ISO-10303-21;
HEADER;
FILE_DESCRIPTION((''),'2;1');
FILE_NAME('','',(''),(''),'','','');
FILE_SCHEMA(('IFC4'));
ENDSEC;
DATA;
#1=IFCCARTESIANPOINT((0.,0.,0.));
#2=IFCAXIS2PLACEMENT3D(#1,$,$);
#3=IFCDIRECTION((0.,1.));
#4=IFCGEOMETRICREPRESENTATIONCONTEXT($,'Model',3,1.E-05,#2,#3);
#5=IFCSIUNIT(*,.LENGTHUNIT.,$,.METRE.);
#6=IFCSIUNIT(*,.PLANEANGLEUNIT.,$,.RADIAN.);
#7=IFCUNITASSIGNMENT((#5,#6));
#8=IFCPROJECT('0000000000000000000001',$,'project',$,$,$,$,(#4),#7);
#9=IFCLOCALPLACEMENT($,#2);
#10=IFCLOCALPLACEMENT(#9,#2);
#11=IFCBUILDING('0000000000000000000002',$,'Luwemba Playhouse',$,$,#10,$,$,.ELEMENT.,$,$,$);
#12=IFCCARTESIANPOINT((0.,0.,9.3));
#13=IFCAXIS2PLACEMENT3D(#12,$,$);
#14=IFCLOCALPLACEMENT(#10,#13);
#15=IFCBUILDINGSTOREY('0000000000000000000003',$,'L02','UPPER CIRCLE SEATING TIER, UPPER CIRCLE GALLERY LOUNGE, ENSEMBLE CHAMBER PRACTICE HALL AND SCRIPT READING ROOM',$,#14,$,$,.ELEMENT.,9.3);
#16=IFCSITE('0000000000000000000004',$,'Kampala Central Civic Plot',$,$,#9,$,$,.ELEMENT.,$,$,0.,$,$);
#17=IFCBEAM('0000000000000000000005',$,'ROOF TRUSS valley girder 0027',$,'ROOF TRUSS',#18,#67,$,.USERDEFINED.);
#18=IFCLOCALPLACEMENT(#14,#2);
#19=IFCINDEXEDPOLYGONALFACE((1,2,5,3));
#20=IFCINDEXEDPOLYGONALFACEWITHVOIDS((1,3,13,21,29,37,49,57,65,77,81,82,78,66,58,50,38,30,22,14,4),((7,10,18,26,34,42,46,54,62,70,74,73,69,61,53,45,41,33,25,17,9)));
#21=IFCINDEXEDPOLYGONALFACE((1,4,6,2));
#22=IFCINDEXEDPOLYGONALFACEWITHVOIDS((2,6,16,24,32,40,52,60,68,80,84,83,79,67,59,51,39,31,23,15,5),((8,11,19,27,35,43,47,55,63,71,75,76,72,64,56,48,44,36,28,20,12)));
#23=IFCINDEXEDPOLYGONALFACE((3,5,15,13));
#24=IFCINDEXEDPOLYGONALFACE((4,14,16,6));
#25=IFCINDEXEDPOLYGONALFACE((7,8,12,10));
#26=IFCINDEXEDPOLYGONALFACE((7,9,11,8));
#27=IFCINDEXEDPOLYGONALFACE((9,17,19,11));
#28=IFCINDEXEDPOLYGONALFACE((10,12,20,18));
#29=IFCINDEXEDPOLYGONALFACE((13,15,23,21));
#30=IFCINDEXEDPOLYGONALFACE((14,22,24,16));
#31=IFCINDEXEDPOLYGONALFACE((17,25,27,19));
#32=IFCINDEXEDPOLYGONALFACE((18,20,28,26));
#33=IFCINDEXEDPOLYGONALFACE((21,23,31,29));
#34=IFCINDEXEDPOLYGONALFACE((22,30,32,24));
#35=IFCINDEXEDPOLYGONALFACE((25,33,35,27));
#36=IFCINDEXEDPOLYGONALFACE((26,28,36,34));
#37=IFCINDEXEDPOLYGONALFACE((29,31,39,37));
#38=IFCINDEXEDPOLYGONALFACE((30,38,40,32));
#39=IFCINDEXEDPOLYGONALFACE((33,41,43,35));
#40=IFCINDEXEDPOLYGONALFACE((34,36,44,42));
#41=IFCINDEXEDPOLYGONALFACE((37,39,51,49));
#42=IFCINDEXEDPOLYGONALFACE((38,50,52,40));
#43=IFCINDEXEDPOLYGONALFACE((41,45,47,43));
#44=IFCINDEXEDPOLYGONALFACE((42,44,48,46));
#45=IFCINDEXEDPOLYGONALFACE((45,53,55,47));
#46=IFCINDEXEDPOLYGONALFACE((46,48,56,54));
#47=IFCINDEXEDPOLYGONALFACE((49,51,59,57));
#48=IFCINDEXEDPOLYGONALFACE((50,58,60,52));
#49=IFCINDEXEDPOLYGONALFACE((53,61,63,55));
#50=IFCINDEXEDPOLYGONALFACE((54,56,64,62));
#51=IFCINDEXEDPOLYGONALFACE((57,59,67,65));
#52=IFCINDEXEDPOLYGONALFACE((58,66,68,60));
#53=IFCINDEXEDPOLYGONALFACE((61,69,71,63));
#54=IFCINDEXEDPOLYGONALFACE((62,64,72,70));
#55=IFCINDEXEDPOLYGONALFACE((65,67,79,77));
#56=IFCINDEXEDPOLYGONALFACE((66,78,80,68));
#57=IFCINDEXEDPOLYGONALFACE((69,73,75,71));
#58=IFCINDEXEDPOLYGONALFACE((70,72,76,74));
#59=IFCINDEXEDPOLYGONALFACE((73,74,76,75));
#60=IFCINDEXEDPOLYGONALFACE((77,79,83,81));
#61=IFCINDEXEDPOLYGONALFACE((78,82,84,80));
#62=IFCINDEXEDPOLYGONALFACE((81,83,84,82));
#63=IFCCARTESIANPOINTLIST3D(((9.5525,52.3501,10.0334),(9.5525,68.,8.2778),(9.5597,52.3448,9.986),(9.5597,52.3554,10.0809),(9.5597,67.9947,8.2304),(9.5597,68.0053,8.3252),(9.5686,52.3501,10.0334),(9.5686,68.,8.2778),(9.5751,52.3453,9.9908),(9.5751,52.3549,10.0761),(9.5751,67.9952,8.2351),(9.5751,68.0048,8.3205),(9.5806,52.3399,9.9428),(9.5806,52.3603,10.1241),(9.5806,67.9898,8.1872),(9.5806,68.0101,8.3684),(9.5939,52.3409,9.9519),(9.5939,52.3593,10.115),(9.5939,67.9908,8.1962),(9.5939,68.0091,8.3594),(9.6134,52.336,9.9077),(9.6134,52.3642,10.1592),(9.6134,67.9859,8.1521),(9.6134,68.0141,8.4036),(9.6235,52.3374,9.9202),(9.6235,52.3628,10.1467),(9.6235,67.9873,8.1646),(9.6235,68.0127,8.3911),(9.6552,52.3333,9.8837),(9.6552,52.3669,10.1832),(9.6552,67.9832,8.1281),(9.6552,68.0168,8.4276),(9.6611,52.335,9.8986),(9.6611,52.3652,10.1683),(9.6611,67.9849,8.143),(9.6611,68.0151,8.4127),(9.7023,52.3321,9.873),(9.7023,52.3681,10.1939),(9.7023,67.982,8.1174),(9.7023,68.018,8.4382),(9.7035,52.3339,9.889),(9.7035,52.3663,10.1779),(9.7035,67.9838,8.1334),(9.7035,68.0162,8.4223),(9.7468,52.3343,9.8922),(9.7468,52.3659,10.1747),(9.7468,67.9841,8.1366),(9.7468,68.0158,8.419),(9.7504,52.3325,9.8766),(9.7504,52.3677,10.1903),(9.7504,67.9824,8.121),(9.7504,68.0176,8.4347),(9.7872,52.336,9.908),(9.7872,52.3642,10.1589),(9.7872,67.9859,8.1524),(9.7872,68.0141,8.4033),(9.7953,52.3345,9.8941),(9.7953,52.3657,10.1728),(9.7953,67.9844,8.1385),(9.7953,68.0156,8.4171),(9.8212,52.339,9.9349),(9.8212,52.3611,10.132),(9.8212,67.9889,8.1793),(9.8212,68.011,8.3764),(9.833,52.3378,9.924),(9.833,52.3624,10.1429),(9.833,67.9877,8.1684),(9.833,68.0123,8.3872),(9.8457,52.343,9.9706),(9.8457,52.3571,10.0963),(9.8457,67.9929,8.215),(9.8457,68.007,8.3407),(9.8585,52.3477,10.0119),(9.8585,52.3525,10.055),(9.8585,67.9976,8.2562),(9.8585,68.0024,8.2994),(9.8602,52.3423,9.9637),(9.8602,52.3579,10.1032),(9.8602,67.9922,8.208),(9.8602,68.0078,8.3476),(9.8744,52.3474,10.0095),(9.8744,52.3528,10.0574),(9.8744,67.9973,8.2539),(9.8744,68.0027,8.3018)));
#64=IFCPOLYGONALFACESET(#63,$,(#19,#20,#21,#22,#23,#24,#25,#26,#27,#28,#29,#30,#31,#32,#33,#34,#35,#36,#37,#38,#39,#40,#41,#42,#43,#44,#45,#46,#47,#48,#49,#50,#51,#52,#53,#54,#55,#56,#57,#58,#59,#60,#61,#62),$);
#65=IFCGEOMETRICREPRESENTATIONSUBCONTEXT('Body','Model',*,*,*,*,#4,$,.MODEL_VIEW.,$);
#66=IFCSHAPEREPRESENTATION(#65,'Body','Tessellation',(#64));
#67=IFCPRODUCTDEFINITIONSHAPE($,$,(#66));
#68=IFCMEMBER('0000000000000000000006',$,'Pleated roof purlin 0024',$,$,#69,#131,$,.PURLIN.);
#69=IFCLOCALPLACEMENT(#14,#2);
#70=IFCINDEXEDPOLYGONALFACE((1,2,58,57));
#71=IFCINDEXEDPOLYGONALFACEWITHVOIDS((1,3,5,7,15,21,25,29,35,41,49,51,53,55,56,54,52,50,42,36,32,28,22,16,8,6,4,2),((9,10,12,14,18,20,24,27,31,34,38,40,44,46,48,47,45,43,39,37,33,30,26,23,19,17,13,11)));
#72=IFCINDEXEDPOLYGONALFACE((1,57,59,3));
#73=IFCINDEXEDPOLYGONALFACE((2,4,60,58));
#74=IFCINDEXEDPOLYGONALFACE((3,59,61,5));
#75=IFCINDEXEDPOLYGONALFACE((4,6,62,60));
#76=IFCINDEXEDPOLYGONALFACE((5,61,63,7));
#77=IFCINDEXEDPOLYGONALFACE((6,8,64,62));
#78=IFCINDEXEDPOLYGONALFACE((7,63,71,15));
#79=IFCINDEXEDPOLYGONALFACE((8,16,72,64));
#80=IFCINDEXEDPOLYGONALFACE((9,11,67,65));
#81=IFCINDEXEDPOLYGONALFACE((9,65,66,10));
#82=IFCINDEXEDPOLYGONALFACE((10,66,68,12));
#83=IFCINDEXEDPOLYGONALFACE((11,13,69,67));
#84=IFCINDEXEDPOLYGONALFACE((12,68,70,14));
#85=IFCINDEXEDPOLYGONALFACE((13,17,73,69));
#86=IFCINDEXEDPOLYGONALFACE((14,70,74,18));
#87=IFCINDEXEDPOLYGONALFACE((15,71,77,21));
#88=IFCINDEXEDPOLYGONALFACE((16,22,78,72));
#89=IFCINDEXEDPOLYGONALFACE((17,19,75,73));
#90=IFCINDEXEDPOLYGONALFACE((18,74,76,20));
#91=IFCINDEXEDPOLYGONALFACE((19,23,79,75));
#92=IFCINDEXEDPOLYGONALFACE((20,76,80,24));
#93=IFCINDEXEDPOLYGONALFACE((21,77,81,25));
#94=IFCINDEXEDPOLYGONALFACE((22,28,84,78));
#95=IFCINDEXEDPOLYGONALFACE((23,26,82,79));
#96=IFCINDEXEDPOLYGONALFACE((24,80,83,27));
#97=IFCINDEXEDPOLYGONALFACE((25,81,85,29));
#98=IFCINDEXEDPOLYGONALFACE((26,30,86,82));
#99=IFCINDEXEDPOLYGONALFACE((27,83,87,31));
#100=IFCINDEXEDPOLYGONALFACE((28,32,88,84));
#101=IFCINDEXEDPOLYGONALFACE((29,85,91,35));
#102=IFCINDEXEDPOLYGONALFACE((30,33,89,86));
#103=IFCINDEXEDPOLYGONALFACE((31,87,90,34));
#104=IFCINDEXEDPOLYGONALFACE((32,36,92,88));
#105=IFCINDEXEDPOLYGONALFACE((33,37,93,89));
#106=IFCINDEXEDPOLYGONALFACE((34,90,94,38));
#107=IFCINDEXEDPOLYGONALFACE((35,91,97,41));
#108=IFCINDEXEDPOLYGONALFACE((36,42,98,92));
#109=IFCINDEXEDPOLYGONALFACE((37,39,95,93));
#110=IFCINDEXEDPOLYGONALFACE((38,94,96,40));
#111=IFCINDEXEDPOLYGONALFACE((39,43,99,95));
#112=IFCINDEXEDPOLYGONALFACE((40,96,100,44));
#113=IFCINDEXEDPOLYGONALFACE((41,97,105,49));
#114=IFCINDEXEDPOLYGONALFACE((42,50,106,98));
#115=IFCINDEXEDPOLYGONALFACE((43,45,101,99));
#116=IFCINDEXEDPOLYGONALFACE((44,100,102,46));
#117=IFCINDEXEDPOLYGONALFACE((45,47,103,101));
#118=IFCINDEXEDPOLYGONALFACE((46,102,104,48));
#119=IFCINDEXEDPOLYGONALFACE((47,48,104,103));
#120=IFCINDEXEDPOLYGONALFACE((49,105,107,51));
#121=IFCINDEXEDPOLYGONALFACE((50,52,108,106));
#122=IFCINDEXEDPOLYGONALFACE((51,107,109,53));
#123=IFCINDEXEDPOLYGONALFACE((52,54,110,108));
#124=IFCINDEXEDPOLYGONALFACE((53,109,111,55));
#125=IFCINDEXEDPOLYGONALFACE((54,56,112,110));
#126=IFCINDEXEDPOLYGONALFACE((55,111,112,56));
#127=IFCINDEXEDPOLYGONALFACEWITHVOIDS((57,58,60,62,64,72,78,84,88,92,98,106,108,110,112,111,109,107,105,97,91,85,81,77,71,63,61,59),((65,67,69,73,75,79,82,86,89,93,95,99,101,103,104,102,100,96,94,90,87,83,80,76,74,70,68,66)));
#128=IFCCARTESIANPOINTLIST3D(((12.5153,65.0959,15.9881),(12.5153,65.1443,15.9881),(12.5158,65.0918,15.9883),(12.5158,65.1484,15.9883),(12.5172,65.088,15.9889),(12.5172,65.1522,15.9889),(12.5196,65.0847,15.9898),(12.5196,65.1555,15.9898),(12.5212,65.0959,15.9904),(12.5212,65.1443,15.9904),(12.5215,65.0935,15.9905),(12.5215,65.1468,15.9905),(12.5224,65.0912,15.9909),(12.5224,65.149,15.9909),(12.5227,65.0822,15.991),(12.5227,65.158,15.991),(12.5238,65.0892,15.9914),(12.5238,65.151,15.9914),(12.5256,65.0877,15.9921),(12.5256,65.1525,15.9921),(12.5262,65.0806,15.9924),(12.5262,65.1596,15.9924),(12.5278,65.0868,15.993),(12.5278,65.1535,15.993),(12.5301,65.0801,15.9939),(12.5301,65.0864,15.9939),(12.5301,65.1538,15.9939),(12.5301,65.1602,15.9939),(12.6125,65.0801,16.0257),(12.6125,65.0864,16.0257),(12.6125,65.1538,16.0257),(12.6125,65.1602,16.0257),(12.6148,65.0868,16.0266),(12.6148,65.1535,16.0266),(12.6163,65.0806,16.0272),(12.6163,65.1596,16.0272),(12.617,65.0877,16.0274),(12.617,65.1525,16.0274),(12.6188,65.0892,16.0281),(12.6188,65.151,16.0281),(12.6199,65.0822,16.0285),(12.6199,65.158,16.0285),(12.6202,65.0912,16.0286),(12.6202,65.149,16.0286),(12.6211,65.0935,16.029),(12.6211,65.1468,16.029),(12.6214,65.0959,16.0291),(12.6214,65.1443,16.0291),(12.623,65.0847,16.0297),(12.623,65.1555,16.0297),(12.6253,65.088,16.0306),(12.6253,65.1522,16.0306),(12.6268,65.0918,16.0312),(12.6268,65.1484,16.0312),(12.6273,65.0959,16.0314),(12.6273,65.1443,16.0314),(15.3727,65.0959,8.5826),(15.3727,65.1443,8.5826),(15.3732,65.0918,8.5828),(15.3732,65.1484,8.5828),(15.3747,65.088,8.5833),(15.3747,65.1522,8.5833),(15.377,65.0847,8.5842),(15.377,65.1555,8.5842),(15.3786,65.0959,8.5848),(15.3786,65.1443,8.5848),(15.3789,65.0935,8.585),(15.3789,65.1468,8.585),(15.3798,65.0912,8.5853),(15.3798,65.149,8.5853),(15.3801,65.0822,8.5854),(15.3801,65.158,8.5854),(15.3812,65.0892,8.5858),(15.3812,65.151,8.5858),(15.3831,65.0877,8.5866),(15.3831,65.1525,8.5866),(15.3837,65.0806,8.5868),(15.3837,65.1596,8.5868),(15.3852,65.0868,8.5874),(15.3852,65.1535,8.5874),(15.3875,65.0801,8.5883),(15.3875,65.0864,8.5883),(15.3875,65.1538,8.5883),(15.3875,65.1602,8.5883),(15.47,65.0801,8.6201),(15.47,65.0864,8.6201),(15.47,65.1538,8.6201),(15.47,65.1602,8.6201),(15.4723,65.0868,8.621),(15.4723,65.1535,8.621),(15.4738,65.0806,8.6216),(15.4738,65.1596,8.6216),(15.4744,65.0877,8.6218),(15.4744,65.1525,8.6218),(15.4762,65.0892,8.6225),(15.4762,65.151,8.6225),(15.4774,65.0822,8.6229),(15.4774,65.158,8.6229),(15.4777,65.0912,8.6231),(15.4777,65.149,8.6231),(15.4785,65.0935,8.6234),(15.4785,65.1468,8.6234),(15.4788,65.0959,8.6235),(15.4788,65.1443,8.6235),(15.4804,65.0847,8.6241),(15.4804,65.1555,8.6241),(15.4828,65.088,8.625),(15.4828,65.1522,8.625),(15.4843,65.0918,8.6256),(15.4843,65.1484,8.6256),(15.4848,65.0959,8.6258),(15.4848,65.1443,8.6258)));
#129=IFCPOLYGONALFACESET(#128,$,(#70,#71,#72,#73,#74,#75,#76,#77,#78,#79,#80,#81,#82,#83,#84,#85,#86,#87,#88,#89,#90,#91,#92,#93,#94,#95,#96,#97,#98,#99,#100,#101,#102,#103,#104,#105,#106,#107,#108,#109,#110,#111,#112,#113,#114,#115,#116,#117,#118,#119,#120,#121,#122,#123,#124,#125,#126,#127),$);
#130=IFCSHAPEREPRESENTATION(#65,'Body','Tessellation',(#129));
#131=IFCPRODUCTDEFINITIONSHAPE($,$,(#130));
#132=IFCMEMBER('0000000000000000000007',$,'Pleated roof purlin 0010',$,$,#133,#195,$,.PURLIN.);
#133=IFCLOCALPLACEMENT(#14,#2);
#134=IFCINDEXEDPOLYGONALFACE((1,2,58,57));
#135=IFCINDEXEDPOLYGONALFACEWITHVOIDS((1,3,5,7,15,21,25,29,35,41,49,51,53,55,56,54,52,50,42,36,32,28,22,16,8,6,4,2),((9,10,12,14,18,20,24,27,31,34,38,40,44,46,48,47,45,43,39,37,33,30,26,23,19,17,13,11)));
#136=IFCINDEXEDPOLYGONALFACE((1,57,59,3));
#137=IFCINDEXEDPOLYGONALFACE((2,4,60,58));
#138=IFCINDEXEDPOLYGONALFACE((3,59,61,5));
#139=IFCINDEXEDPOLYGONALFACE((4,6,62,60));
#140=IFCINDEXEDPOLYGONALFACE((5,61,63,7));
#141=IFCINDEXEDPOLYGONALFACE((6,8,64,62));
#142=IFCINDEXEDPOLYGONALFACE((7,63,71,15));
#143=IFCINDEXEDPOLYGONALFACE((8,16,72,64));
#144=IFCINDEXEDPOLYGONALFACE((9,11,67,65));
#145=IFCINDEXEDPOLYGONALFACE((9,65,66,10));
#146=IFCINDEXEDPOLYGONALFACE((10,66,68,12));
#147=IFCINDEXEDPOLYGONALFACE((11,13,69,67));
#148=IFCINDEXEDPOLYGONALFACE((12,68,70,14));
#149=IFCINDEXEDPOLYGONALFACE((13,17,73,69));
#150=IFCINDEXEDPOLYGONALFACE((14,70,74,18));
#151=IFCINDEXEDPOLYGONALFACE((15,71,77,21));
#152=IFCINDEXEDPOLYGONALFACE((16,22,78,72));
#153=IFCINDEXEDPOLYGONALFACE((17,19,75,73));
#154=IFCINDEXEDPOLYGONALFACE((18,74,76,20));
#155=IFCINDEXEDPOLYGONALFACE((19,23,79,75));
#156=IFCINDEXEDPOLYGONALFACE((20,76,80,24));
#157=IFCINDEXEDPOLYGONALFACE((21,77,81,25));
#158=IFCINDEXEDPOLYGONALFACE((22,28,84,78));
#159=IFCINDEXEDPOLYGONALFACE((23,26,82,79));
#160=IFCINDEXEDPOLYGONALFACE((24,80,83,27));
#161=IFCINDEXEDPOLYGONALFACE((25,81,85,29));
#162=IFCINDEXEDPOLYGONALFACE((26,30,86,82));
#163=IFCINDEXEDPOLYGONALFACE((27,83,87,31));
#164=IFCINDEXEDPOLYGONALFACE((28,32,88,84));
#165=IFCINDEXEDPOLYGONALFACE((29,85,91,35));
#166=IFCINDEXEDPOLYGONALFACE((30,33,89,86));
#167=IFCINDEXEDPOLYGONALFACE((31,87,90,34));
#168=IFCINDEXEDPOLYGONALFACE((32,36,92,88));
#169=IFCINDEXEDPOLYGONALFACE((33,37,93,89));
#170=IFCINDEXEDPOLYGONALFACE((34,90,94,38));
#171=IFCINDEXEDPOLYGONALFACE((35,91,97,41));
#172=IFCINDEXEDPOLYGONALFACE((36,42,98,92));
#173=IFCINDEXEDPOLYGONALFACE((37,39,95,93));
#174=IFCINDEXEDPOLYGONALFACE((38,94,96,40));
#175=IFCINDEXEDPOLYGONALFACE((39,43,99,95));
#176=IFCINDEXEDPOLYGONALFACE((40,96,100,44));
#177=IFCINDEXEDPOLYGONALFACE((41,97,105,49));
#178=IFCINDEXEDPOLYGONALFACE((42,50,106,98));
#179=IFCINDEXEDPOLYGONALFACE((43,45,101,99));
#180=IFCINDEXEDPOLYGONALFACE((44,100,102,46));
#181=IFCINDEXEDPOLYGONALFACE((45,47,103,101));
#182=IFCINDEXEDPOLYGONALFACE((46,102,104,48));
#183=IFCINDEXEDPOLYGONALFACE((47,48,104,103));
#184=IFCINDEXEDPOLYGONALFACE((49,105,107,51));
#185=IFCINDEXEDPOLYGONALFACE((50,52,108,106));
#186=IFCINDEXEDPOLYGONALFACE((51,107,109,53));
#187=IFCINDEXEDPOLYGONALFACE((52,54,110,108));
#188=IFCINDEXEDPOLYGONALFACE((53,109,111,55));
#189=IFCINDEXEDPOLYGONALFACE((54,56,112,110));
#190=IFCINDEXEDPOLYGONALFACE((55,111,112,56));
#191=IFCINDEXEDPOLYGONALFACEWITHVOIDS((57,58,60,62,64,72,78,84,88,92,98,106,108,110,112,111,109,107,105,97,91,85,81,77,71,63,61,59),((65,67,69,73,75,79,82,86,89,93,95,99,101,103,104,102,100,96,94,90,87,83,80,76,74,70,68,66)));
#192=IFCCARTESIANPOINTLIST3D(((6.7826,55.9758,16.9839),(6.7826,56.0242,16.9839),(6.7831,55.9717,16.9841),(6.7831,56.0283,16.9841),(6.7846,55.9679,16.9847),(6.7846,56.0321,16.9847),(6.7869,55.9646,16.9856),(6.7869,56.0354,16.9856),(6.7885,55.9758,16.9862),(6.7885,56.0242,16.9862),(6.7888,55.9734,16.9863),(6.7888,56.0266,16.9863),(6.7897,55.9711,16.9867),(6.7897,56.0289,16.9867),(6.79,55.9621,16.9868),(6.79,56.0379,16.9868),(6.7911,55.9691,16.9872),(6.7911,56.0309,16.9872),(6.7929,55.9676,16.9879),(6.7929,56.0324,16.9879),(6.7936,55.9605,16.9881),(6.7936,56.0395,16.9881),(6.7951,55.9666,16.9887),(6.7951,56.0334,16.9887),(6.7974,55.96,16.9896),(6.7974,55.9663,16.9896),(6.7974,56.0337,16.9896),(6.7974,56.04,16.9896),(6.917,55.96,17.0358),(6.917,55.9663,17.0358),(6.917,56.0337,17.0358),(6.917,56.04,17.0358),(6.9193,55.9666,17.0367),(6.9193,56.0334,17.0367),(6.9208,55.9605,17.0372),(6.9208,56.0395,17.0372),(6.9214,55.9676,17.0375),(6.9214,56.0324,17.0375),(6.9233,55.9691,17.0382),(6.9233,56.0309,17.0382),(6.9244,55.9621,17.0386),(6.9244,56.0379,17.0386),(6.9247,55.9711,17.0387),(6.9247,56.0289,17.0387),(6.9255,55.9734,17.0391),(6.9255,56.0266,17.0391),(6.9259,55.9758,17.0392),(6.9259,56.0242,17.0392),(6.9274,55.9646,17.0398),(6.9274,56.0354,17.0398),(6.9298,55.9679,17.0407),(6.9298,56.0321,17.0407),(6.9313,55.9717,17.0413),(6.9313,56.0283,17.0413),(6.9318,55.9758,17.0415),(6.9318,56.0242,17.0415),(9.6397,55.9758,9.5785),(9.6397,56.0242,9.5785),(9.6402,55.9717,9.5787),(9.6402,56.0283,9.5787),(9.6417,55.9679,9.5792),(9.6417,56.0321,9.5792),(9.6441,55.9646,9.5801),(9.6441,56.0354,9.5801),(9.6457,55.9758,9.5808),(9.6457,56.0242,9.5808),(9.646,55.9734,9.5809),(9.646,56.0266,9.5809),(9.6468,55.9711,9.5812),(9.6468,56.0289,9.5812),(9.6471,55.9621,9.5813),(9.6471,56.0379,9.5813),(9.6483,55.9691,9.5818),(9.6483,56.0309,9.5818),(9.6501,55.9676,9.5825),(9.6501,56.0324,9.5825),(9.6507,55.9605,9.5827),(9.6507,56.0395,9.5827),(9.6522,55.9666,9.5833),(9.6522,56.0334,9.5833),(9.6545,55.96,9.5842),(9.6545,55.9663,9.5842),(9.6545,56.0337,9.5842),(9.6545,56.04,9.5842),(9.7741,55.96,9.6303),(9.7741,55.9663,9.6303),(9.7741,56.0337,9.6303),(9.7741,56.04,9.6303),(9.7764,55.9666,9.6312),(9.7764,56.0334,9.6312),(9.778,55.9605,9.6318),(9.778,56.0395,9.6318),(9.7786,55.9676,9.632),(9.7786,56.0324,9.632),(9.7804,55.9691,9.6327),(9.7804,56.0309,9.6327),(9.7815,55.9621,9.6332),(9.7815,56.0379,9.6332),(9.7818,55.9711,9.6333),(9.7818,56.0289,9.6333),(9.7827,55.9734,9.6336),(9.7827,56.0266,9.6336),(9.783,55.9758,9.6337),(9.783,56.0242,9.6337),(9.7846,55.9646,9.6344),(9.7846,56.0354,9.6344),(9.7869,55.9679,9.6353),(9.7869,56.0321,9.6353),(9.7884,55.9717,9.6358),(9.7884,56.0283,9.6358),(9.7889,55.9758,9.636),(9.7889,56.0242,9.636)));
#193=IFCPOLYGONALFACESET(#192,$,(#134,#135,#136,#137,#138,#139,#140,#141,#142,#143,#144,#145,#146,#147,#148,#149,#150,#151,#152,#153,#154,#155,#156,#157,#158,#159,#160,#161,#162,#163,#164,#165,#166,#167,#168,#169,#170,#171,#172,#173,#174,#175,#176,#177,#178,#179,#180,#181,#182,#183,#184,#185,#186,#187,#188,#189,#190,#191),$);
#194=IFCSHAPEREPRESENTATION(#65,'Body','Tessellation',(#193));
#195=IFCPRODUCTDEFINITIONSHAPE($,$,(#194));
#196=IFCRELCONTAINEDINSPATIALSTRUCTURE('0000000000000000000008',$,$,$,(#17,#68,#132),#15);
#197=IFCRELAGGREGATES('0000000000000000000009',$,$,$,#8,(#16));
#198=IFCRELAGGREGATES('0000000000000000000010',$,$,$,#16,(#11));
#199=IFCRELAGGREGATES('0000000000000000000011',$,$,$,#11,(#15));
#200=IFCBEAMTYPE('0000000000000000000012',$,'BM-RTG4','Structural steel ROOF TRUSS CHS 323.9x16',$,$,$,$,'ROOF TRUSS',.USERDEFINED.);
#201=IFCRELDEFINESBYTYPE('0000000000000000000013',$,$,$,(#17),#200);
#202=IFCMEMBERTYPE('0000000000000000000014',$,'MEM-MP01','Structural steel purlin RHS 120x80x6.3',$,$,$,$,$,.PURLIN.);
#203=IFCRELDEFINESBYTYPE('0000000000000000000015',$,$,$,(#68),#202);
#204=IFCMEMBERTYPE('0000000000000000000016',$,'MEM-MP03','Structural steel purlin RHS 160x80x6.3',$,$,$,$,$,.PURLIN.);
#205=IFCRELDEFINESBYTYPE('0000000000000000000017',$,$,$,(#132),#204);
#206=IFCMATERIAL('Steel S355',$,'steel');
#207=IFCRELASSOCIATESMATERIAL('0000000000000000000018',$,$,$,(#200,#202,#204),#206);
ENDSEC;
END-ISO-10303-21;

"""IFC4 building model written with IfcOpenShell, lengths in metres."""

from ifc_helpers import new_model, si_unit, direction, frame, origin, origin_2d, place, context, subcontext, project, spatial, hollow_rectangle, hollow_circle, extrude, material, material_profile, profile_set, type_object, element, save


model = new_model("IFC4")

# Units and contexts
model_context = context("Model", 3, precision=1e-05, world=origin(), true_north=direction((0.0, 1.0)))
body_context = subcontext(model_context, "Body", "Model", "MODEL_VIEW")
ifc_project = project(units=[si_unit("LENGTHUNIT", "METRE"), si_unit("PLANEANGLEUNIT", "RADIAN")], contexts=[model_context])

# Site, building, storey
site_placement = place(None, origin())
site = spatial("IfcSite", under=ifc_project, at=site_placement, Name="Kampala Central Civic Plot", CompositionType="ELEMENT", RefElevation=0.0)
building_placement = place(site_placement, origin())
building = spatial("IfcBuilding", under=site, at=building_placement, Name="Luwemba Playhouse", CompositionType="ELEMENT")
storey_placement = place(building_placement, frame((0.0, 0.0, 9.3)))
storey = spatial("IfcBuildingStorey", under=building, at=storey_placement, Name="L02", Description="UPPER CIRCLE SEATING TIER, UPPER CIRCLE GALLERY LOUNGE, ENSEMBLE CHAMBER PRACTICE HALL AND SCRIPT READING ROOM", CompositionType="ELEMENT", Elevation=9.3)

# Beam
ifc_material_1 = material(Name="Steel S355", Category="steel")
ifc_material_profile_1 = material_profile(ifc_material_1, hollow_circle(Radius=0.1619, WallThickness=0.0161, at=origin_2d()))
ifc_profile_set_1 = profile_set([ifc_material_profile_1], Name="Steel S355")
beam_type_1 = type_object("IfcBeamType", Name="BM-RTG4", Description="Structural steel ROOF TRUSS CHS 323.9x16", ElementType="ROOF TRUSS", PredefinedType="USERDEFINED", material=ifc_profile_set_1)
beam_1_placement = place(storey_placement, frame((9.7144, 52.3501, 10.0334), z_axis=(0.0, 0.993767, -0.111481), x_axis=(-1.0, 0.0, 0.0)))
element("IfcBeam", 1, at=beam_1_placement, inside=storey, type_object=beam_type_1, Name="ROOF TRUSS valley girder 0027", ObjectType="ROOF TRUSS", PredefinedType="USERDEFINED", context=body_context, shape_type="SweptSolid", body=[
    extrude(hollow_circle(Radius=0.1619, WallThickness=0.0161, at=origin_2d()), origin(), (0.0, 0.0, 1.0), 15.748),
])

# Members
ifc_material_profile_2 = material_profile(ifc_material_1, hollow_rectangle(XDim=0.0801, YDim=0.1201, WallThickness=0.0063, InnerFilletRadius=0.0095, OuterFilletRadius=0.0159, at=origin_2d()))
ifc_profile_set_2 = profile_set([ifc_material_profile_2], Name="Steel S355")
member_type_1 = type_object("IfcMemberType", Name="MEM-MP01", Description="Structural steel purlin RHS 120x80x6.3", PredefinedType="PURLIN", material=ifc_profile_set_2)
member_1_placement = place(storey_placement, frame((12.5713, 65.1201, 16.0098), z_axis=(0.359983, 0.0, -0.932959), x_axis=(0.0, 1.0, 0.0)))
element("IfcMember", 2, at=member_1_placement, inside=storey, type_object=member_type_1, Name="Pleated roof purlin 0024", PredefinedType="PURLIN", context=body_context, shape_type="SweptSolid", body=[
    extrude(hollow_rectangle(XDim=0.0801, YDim=0.1201, WallThickness=0.0063, InnerFilletRadius=0.0095, OuterFilletRadius=0.0159, at=origin_2d()), origin(), (0.0, 0.0, 1.0), 7.9377),
])
ifc_material_profile_3 = material_profile(ifc_material_1, hollow_rectangle(XDim=0.0801, YDim=0.1599, WallThickness=0.0063, InnerFilletRadius=0.0095, OuterFilletRadius=0.0159, at=origin_2d()))
ifc_profile_set_3 = profile_set([ifc_material_profile_3], Name="Steel S355")
member_type_2 = type_object("IfcMemberType", Name="MEM-MP03", Description="Structural steel purlin RHS 160x80x6.3", PredefinedType="PURLIN", material=ifc_profile_set_3)
for number, where, z_axis, x_axis, name in (
    (3, (6.8572, 56.0, 17.0127), (0.359956, 0.0, -0.932969), (0.0, 1.0, 0.0), "Pleated roof purlin 0010"),
):
    element("IfcMember", number, at=place(storey_placement, frame(where, z_axis=z_axis, x_axis=x_axis)), inside=storey, type_object=member_type_2, Name=name, PredefinedType="PURLIN", context=body_context, shape_type="SweptSolid", body=[
        extrude(hollow_rectangle(XDim=0.0801, YDim=0.1599, WallThickness=0.0063, InnerFilletRadius=0.0095, OuterFilletRadius=0.0159, at=origin_2d()), origin(), (0.0, 0.0, 1.0), 7.9375),
    ])

save(model, "model.ifc")
